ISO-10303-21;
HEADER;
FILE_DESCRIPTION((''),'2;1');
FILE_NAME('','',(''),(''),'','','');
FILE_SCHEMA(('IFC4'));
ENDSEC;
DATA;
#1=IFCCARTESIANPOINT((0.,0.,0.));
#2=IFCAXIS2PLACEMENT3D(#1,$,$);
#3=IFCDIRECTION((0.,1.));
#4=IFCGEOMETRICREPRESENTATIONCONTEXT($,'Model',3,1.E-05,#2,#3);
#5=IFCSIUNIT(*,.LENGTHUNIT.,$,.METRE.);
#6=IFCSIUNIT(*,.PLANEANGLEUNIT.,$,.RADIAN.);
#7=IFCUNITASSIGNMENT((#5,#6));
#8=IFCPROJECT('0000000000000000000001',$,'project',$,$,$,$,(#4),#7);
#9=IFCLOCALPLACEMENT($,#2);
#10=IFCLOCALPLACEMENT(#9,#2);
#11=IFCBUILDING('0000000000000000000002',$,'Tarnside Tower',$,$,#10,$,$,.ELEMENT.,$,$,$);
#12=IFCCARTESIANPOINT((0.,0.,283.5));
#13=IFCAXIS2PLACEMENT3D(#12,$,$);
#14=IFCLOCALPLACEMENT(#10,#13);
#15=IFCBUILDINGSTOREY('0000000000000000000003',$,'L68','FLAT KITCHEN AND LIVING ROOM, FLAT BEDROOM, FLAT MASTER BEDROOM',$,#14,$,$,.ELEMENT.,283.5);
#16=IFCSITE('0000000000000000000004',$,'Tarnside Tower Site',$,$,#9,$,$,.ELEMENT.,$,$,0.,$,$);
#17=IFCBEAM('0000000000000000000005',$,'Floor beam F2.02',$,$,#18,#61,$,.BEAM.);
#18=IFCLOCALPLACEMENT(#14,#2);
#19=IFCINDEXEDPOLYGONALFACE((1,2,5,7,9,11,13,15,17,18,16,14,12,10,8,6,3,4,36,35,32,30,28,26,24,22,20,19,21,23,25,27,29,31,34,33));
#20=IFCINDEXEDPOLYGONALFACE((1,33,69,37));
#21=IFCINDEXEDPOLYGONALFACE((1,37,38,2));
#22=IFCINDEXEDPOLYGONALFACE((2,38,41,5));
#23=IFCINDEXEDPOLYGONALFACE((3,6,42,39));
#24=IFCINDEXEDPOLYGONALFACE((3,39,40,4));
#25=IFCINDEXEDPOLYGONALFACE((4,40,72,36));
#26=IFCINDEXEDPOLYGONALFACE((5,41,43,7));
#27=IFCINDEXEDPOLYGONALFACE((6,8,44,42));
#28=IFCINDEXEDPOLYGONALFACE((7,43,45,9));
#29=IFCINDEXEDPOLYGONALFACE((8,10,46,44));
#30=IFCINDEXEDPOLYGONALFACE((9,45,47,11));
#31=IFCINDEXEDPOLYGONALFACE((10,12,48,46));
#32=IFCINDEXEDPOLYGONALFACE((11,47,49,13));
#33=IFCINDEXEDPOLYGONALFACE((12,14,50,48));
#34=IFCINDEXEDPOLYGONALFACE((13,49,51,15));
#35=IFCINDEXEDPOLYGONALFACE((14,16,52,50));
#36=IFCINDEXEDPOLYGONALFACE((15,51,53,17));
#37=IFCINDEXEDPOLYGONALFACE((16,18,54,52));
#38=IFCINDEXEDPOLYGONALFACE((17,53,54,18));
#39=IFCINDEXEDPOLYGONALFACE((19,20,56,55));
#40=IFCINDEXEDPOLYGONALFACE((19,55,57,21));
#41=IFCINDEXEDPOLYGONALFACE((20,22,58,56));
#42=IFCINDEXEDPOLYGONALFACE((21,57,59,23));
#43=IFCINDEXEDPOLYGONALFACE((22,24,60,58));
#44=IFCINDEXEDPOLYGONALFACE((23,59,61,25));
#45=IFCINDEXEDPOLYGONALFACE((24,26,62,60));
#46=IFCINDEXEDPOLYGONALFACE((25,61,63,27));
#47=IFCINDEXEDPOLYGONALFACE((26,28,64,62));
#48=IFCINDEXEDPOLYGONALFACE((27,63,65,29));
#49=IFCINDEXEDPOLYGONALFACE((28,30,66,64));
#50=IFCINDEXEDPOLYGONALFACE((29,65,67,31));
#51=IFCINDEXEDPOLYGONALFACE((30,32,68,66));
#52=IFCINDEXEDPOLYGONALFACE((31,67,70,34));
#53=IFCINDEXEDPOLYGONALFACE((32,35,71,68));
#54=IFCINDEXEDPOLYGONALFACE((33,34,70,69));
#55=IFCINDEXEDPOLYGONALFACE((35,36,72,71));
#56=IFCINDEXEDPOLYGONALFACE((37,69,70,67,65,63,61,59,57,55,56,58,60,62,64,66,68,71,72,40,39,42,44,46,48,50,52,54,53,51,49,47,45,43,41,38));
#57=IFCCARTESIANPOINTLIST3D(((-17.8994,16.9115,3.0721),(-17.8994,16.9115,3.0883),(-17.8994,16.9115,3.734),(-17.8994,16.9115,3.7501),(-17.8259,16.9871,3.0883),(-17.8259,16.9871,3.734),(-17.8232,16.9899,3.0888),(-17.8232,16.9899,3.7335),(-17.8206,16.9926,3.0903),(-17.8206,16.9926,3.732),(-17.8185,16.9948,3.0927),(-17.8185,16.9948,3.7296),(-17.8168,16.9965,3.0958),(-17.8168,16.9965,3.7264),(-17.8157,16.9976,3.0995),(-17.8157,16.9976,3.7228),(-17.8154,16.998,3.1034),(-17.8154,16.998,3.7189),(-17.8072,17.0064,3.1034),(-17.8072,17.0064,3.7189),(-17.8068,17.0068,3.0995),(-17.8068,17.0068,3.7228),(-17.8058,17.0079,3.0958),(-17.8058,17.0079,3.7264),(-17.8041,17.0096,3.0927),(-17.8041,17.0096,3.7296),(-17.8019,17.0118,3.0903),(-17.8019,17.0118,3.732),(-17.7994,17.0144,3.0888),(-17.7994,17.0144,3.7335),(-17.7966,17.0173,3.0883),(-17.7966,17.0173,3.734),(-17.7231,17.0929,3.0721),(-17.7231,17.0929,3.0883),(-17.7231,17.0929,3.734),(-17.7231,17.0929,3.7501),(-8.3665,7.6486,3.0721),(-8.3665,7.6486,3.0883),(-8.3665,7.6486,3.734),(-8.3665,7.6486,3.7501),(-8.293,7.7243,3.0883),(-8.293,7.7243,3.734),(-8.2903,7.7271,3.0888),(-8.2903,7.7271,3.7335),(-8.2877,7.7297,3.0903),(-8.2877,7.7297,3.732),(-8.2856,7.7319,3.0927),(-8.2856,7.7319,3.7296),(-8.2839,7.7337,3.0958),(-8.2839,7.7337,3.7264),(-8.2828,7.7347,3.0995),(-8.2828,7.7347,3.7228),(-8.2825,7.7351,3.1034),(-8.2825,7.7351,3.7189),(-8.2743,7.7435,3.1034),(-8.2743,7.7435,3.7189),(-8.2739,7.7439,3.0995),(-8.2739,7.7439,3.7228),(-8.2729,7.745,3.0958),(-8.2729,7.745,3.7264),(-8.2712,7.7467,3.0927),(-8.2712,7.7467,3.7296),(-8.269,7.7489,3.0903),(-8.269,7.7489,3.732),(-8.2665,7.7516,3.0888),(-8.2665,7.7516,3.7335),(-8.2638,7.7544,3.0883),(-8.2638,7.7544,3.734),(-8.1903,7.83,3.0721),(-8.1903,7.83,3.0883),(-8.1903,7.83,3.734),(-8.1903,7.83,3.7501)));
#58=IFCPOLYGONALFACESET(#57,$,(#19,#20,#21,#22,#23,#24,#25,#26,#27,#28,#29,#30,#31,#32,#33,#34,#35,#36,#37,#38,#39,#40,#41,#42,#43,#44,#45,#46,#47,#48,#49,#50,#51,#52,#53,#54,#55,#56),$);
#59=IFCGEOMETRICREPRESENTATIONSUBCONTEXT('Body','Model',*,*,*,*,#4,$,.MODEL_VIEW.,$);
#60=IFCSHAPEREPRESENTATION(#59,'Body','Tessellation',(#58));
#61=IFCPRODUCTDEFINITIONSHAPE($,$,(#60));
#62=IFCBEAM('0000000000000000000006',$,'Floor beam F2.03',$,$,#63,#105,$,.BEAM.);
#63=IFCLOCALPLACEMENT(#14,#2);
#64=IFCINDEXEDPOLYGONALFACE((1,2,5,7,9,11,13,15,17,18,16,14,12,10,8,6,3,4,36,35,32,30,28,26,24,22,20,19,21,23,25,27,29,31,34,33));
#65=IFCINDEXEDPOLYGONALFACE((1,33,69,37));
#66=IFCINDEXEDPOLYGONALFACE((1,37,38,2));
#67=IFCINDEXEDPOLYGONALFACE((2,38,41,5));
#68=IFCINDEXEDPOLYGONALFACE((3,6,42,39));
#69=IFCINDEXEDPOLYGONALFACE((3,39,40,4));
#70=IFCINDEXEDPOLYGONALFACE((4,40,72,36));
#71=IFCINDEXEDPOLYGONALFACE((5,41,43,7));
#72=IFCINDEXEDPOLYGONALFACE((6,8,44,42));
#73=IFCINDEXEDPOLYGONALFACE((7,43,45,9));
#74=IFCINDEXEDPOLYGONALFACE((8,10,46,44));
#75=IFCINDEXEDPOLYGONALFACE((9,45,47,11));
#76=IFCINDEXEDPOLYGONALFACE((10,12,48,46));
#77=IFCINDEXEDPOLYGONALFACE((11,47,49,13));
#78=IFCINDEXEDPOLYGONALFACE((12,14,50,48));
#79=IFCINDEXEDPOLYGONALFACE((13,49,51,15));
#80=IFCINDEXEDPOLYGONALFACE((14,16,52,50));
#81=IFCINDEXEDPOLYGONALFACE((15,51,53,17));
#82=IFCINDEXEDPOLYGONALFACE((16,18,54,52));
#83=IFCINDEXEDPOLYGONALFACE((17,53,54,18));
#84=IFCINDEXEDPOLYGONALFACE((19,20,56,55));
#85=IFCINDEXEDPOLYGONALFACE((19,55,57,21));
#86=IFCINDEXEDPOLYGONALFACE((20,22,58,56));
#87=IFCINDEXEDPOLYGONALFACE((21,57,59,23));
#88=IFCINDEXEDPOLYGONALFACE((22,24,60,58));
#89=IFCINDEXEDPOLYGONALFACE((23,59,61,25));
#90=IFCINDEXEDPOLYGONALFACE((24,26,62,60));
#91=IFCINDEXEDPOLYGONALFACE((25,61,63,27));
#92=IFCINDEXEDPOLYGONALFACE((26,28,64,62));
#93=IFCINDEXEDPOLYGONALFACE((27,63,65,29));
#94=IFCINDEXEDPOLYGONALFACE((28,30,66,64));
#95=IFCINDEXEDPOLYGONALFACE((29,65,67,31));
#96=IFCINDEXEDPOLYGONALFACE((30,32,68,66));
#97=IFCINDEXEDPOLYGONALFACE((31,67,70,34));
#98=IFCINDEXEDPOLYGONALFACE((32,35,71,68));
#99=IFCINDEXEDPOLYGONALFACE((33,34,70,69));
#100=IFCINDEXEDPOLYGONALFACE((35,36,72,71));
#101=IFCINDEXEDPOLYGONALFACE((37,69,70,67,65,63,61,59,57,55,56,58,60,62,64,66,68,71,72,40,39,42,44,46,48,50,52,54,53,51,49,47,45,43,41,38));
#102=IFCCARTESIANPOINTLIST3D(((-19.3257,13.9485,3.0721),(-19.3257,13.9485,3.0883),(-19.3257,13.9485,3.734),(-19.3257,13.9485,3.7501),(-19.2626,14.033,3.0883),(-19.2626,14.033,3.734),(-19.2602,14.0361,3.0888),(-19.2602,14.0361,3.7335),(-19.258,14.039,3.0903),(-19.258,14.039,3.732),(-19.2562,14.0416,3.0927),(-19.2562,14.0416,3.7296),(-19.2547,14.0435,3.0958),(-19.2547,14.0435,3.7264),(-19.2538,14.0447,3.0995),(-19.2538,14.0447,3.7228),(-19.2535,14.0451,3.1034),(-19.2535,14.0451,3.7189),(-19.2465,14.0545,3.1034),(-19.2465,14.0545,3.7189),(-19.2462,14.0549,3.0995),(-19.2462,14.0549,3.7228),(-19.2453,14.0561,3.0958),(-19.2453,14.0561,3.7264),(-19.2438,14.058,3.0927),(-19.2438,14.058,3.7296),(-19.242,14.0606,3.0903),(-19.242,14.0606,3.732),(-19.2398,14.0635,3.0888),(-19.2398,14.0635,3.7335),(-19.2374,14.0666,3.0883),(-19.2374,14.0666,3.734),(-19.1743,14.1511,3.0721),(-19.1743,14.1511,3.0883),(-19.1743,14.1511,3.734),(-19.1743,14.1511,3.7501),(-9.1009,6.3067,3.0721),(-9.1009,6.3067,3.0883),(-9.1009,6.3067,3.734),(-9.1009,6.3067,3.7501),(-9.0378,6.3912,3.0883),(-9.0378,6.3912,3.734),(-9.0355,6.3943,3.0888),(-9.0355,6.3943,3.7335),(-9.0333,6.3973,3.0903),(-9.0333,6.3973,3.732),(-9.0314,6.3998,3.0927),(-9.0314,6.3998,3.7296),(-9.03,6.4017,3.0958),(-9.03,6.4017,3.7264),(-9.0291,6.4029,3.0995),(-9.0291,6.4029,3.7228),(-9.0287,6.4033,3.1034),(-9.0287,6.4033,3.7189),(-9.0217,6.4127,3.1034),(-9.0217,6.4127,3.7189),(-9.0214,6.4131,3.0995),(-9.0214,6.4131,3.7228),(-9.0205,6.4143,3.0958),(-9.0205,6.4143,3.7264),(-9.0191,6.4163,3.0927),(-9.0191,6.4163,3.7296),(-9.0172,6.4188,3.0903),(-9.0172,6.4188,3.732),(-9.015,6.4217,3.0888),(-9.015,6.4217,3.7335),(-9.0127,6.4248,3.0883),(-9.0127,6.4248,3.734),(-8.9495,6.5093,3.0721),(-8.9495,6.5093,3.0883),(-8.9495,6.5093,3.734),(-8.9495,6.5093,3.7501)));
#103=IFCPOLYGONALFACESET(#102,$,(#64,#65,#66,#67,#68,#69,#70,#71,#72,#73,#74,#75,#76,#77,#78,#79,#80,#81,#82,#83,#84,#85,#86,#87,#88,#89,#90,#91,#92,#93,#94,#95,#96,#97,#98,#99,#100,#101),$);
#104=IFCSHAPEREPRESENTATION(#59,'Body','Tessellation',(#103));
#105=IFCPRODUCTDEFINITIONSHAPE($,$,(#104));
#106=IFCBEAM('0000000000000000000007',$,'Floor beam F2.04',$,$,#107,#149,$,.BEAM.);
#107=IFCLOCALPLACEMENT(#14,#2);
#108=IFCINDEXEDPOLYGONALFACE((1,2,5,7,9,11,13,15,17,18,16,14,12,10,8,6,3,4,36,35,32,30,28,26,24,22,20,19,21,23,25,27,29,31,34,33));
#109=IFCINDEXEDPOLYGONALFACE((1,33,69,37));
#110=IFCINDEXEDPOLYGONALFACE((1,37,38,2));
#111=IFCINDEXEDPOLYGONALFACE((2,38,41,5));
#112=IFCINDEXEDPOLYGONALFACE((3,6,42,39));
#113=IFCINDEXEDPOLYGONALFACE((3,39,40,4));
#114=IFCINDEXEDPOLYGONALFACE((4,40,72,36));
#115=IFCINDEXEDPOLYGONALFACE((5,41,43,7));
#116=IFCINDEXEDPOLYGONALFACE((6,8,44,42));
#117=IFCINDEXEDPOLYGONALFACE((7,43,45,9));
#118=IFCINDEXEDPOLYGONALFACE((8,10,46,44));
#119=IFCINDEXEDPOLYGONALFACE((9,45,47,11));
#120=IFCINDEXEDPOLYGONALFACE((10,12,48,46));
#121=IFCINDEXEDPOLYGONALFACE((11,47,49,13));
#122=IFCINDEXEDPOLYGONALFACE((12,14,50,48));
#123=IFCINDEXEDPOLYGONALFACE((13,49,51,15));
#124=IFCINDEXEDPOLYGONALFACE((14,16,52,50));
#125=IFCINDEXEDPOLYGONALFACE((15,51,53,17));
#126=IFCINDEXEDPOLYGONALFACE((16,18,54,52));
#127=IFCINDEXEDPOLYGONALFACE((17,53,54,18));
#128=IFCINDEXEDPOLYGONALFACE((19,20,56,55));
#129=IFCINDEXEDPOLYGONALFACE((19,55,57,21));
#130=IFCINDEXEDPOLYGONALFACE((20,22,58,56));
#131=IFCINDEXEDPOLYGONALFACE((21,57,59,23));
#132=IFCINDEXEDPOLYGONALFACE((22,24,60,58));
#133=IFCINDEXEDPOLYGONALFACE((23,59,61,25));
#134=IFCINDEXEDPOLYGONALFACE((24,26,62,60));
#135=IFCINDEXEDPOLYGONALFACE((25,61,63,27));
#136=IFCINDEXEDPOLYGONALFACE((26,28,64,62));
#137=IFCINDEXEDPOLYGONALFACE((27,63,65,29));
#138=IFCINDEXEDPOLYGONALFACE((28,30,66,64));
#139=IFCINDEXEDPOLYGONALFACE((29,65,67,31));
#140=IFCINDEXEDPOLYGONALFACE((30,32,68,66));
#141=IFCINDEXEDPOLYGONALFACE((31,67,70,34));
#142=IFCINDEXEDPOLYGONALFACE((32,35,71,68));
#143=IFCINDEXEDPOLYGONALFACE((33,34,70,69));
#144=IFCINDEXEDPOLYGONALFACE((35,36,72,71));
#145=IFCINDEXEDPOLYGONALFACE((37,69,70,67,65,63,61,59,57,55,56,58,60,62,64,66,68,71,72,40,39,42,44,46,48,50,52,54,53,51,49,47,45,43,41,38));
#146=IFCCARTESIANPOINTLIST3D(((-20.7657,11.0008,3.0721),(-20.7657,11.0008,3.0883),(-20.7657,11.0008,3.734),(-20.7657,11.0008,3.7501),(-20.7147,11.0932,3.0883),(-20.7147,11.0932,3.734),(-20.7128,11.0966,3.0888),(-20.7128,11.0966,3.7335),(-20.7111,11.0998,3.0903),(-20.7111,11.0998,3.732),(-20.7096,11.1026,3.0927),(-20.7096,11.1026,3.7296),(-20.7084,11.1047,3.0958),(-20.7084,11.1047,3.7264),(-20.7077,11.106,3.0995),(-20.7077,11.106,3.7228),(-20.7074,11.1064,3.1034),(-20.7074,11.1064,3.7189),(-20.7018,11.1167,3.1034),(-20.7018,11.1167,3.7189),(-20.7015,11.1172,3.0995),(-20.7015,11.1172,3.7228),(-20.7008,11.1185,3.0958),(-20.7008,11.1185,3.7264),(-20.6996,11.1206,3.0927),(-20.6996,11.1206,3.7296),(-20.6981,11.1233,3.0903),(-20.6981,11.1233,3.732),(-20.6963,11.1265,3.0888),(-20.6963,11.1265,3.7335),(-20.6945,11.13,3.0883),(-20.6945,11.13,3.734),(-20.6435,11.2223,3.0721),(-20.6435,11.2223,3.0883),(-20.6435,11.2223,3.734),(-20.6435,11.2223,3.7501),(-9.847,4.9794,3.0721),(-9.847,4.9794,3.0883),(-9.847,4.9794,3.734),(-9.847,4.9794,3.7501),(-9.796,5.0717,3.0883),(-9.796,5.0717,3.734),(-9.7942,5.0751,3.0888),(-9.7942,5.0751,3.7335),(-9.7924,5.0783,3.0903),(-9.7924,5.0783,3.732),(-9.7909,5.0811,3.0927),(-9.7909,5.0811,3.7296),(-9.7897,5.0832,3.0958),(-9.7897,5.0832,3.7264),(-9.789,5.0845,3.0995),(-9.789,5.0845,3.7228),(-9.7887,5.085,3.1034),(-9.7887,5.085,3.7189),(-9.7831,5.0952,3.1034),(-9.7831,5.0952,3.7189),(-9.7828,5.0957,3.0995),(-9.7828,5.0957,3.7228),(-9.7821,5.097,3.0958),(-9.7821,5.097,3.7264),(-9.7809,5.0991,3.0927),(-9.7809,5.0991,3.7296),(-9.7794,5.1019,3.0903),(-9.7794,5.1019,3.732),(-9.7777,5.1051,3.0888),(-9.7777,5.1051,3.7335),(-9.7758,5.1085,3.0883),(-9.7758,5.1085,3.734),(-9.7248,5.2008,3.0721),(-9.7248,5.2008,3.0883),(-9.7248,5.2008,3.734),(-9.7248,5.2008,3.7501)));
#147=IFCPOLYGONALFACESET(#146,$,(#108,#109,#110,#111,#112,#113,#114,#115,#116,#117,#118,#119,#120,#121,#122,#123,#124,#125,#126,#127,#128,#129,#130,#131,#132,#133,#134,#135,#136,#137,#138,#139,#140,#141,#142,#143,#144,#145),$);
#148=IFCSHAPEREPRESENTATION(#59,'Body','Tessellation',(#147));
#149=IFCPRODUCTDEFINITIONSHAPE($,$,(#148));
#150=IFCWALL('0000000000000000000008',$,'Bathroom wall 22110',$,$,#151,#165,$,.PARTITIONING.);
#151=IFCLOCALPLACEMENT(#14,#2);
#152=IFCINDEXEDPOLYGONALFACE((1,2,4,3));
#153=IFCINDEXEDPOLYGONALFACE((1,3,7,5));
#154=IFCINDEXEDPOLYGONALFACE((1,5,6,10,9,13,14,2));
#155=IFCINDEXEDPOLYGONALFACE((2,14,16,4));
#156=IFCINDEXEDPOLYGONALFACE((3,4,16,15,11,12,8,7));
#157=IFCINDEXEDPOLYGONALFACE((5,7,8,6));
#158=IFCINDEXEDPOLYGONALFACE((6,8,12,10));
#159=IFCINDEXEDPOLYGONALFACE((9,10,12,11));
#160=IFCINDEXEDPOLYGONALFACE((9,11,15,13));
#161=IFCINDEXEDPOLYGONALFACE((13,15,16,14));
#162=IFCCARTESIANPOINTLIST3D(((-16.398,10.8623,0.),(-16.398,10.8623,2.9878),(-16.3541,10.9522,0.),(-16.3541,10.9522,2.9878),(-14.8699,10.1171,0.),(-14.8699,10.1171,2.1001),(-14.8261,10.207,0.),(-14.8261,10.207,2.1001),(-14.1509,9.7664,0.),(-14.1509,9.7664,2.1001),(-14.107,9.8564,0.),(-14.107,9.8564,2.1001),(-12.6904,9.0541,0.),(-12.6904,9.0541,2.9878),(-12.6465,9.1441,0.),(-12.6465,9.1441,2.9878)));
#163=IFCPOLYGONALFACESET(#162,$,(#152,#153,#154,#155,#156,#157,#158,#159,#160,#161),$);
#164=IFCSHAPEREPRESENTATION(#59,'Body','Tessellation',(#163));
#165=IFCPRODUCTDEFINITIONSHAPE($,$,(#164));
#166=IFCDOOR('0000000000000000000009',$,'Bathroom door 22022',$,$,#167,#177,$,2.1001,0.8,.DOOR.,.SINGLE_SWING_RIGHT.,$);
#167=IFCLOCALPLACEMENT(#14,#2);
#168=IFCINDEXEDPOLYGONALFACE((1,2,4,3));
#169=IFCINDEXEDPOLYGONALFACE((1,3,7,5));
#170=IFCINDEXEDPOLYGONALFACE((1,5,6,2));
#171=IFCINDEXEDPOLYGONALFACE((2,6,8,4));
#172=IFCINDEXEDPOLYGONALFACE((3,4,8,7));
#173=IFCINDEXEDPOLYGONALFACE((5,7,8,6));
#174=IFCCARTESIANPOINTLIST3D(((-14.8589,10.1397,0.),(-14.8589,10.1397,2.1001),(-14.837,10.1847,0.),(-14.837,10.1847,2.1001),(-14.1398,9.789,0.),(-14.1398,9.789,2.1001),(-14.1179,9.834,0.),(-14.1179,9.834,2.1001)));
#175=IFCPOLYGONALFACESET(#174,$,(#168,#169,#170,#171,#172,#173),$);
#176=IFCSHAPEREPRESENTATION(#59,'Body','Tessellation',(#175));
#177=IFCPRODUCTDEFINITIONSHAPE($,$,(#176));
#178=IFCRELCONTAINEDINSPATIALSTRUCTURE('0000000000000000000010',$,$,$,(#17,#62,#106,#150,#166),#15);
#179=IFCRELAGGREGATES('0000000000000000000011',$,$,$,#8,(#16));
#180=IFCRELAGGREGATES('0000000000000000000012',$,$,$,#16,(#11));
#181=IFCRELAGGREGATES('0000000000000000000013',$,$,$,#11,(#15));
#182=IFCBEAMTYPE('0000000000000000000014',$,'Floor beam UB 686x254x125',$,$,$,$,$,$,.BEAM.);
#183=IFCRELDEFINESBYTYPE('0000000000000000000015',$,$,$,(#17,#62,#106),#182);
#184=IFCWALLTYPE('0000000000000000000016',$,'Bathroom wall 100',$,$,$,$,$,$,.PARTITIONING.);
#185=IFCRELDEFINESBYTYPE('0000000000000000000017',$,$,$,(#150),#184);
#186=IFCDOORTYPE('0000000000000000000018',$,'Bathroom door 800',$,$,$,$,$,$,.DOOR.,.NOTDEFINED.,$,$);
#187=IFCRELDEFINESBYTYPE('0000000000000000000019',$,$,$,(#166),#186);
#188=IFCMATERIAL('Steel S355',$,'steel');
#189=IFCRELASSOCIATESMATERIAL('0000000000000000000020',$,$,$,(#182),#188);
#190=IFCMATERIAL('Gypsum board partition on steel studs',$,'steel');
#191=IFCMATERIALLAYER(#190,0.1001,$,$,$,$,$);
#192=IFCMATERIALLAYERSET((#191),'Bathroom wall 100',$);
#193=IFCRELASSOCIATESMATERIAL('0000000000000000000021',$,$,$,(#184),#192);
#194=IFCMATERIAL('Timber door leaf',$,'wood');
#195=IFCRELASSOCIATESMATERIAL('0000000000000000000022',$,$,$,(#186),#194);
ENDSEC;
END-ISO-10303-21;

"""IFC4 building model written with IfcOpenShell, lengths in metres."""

from ifc_helpers import new_model, si_unit, direction, frame, frame_2d, origin, origin_2d, place, context, subcontext, project, spatial, rectangle, i_section, extrude, material, layer, layer_set, material_profile, profile_set, type_object, element, fill, save


model = new_model("IFC4")

# Units and contexts
model_context = context("Model", 3, precision=1e-05, world=origin(), true_north=direction((0.0, 1.0)))
body_context = subcontext(model_context, "Body", "Model", "MODEL_VIEW")
ifc_project = project(units=[si_unit("LENGTHUNIT", "METRE"), si_unit("PLANEANGLEUNIT", "RADIAN")], contexts=[model_context])

# Site, building, storey
site_placement = place(None, origin())
site = spatial("IfcSite", under=ifc_project, at=site_placement, Name="Tarnside Tower Site", CompositionType="ELEMENT", RefElevation=0.0)
building_placement = place(site_placement, origin())
building = spatial("IfcBuilding", under=site, at=building_placement, Name="Tarnside Tower", CompositionType="ELEMENT")
storey_placement = place(building_placement, frame((0.0, 0.0, 283.5)))
storey = spatial("IfcBuildingStorey", under=building, at=storey_placement, Name="L68", Description="FLAT KITCHEN AND LIVING ROOM, FLAT BEDROOM, FLAT MASTER BEDROOM", CompositionType="ELEMENT", Elevation=283.5)

# Beams
ifc_material_1 = material(Name="Steel S355", Category="steel")
ifc_material_profile = material_profile(ifc_material_1, i_section(OverallWidth=0.2529, OverallDepth=0.678, WebThickness=0.0117, FlangeThickness=0.0161, FilletRadius=0.0151, at=origin_2d()), Name="UB 686x254x125")
ifc_profile_set = profile_set([ifc_material_profile], Name="Steel S355")
beam_type = type_object("IfcBeamType", Name="Floor beam UB 686x254x125", PredefinedType="BEAM", material=ifc_profile_set)
beam_1_placement = place(storey_placement, frame((-17.8113, 17.0022, 3.4111), z_axis=(0.717191, -0.696877, 0.0), x_axis=(0.696877, 0.717191, 0.0)))
element("IfcBeam", 1, at=beam_1_placement, inside=storey, type_object=beam_type, Name="Floor beam F2.02", PredefinedType="BEAM", context=body_context, shape_type="SweptSolid", body=[
    extrude(i_section(OverallWidth=0.2529, OverallDepth=0.678, WebThickness=0.0117, FlangeThickness=0.0161, FilletRadius=0.0151, at=origin_2d()), origin(), (0.0, 0.0, 1.0), 13.292),
])
beam_2_placement = place(storey_placement, frame((-19.25, 14.0498, 3.4111), z_axis=(0.801006, -0.598656, 0.0), x_axis=(0.598656, 0.801006, 0.0)))
element("IfcBeam", 2, at=beam_2_placement, inside=storey, type_object=beam_type, Name="Floor beam F2.03", PredefinedType="BEAM", context=body_context, shape_type="SweptSolid", body=[
    extrude(i_section(OverallWidth=0.2529, OverallDepth=0.678, WebThickness=0.0117, FlangeThickness=0.0161, FilletRadius=0.0151, at=origin_2d()), origin(), (0.0, 0.0, 1.0), 12.7649),
])
beam_3_placement = place(storey_placement, frame((-20.7046, 11.1116, 3.4111), z_axis=(0.875667, -0.482916, 0.0), x_axis=(0.482916, 0.875667, 0.0)))
element("IfcBeam", 3, at=beam_3_placement, inside=storey, type_object=beam_type, Name="Floor beam F2.04", PredefinedType="BEAM", context=body_context, shape_type="SweptSolid", body=[
    extrude(i_section(OverallWidth=0.2529, OverallDepth=0.678, WebThickness=0.0117, FlangeThickness=0.0161, FilletRadius=0.0151, at=origin_2d()), origin(), (0.0, 0.0, 1.0), 12.469),
])

# Wall, opening, door
ifc_material_2 = material(Name="Gypsum board partition on steel studs", Category="steel")
ifc_layer_1 = layer(ifc_material_2, 0.1001)
ifc_layer_set_1 = layer_set([ifc_layer_1], Name="Bathroom wall 100")
wall_type_1 = type_object("IfcWallType", Name="Bathroom wall 100", PredefinedType="PARTITIONING", material=ifc_layer_set_1)
wall_1_placement = place(storey_placement, frame((-12.6685, 9.0991, 0.0), z_axis=(0.0, 0.0, 1.0), x_axis=(-0.898811, 0.438337, 0.0)))
wall_1 = element("IfcWall", 4, at=wall_1_placement, inside=storey, type_object=wall_type_1, Name="Bathroom wall 22110", PredefinedType="PARTITIONING", context=body_context, shape_type="SweptSolid", body=[
    extrude(rectangle(XDim=4.125, YDim=0.1001, at=frame_2d((2.0625, 0.0))), origin(), (0.0, 0.0, 1.0), 2.9878),
])
opening_1_placement = place(wall_1_placement, frame((1.625, 0.0, 0.0)))
opening_1 = element("IfcOpeningElement", 5, at=opening_1_placement, cuts=wall_1, PredefinedType="OPENING", context=body_context, shape_type="SweptSolid", body=[
    extrude(rectangle(XDim=0.8, YDim=2.1001, at=frame_2d((0.3999, 1.05))), frame((0.0, 0.0601, 0.0), z_axis=(0.0, -1.0, 0.0), x_axis=(1.0, 0.0, 0.0)), (0.0, 0.0, 1.0), 0.1201),
])
ifc_material_3 = material(Name="Timber door leaf", Category="wood")
door_type_1 = type_object("IfcDoorType", Name="Bathroom door 800", OperationType="NOTDEFINED", PredefinedType="DOOR", material=ifc_material_3)
door_1_placement = place(opening_1_placement, origin())
door_1 = element("IfcDoor", 6, at=door_1_placement, inside=storey, type_object=door_type_1, Name="Bathroom door 22022", OperationType="SINGLE_SWING_RIGHT", OverallHeight=2.1001, OverallWidth=0.8, PredefinedType="DOOR", context=body_context, shape_type="SweptSolid", body=[
    extrude(rectangle(XDim=0.8, YDim=2.1001, at=frame_2d((0.3999, 1.05))), frame((0.0, 0.0249, 0.0), z_axis=(0.0, -1.0, 0.0), x_axis=(1.0, 0.0, 0.0)), (0.0, 0.0, 1.0), 0.05),
])
fill(opening_1, door_1)

save(model, "model.ifc")
